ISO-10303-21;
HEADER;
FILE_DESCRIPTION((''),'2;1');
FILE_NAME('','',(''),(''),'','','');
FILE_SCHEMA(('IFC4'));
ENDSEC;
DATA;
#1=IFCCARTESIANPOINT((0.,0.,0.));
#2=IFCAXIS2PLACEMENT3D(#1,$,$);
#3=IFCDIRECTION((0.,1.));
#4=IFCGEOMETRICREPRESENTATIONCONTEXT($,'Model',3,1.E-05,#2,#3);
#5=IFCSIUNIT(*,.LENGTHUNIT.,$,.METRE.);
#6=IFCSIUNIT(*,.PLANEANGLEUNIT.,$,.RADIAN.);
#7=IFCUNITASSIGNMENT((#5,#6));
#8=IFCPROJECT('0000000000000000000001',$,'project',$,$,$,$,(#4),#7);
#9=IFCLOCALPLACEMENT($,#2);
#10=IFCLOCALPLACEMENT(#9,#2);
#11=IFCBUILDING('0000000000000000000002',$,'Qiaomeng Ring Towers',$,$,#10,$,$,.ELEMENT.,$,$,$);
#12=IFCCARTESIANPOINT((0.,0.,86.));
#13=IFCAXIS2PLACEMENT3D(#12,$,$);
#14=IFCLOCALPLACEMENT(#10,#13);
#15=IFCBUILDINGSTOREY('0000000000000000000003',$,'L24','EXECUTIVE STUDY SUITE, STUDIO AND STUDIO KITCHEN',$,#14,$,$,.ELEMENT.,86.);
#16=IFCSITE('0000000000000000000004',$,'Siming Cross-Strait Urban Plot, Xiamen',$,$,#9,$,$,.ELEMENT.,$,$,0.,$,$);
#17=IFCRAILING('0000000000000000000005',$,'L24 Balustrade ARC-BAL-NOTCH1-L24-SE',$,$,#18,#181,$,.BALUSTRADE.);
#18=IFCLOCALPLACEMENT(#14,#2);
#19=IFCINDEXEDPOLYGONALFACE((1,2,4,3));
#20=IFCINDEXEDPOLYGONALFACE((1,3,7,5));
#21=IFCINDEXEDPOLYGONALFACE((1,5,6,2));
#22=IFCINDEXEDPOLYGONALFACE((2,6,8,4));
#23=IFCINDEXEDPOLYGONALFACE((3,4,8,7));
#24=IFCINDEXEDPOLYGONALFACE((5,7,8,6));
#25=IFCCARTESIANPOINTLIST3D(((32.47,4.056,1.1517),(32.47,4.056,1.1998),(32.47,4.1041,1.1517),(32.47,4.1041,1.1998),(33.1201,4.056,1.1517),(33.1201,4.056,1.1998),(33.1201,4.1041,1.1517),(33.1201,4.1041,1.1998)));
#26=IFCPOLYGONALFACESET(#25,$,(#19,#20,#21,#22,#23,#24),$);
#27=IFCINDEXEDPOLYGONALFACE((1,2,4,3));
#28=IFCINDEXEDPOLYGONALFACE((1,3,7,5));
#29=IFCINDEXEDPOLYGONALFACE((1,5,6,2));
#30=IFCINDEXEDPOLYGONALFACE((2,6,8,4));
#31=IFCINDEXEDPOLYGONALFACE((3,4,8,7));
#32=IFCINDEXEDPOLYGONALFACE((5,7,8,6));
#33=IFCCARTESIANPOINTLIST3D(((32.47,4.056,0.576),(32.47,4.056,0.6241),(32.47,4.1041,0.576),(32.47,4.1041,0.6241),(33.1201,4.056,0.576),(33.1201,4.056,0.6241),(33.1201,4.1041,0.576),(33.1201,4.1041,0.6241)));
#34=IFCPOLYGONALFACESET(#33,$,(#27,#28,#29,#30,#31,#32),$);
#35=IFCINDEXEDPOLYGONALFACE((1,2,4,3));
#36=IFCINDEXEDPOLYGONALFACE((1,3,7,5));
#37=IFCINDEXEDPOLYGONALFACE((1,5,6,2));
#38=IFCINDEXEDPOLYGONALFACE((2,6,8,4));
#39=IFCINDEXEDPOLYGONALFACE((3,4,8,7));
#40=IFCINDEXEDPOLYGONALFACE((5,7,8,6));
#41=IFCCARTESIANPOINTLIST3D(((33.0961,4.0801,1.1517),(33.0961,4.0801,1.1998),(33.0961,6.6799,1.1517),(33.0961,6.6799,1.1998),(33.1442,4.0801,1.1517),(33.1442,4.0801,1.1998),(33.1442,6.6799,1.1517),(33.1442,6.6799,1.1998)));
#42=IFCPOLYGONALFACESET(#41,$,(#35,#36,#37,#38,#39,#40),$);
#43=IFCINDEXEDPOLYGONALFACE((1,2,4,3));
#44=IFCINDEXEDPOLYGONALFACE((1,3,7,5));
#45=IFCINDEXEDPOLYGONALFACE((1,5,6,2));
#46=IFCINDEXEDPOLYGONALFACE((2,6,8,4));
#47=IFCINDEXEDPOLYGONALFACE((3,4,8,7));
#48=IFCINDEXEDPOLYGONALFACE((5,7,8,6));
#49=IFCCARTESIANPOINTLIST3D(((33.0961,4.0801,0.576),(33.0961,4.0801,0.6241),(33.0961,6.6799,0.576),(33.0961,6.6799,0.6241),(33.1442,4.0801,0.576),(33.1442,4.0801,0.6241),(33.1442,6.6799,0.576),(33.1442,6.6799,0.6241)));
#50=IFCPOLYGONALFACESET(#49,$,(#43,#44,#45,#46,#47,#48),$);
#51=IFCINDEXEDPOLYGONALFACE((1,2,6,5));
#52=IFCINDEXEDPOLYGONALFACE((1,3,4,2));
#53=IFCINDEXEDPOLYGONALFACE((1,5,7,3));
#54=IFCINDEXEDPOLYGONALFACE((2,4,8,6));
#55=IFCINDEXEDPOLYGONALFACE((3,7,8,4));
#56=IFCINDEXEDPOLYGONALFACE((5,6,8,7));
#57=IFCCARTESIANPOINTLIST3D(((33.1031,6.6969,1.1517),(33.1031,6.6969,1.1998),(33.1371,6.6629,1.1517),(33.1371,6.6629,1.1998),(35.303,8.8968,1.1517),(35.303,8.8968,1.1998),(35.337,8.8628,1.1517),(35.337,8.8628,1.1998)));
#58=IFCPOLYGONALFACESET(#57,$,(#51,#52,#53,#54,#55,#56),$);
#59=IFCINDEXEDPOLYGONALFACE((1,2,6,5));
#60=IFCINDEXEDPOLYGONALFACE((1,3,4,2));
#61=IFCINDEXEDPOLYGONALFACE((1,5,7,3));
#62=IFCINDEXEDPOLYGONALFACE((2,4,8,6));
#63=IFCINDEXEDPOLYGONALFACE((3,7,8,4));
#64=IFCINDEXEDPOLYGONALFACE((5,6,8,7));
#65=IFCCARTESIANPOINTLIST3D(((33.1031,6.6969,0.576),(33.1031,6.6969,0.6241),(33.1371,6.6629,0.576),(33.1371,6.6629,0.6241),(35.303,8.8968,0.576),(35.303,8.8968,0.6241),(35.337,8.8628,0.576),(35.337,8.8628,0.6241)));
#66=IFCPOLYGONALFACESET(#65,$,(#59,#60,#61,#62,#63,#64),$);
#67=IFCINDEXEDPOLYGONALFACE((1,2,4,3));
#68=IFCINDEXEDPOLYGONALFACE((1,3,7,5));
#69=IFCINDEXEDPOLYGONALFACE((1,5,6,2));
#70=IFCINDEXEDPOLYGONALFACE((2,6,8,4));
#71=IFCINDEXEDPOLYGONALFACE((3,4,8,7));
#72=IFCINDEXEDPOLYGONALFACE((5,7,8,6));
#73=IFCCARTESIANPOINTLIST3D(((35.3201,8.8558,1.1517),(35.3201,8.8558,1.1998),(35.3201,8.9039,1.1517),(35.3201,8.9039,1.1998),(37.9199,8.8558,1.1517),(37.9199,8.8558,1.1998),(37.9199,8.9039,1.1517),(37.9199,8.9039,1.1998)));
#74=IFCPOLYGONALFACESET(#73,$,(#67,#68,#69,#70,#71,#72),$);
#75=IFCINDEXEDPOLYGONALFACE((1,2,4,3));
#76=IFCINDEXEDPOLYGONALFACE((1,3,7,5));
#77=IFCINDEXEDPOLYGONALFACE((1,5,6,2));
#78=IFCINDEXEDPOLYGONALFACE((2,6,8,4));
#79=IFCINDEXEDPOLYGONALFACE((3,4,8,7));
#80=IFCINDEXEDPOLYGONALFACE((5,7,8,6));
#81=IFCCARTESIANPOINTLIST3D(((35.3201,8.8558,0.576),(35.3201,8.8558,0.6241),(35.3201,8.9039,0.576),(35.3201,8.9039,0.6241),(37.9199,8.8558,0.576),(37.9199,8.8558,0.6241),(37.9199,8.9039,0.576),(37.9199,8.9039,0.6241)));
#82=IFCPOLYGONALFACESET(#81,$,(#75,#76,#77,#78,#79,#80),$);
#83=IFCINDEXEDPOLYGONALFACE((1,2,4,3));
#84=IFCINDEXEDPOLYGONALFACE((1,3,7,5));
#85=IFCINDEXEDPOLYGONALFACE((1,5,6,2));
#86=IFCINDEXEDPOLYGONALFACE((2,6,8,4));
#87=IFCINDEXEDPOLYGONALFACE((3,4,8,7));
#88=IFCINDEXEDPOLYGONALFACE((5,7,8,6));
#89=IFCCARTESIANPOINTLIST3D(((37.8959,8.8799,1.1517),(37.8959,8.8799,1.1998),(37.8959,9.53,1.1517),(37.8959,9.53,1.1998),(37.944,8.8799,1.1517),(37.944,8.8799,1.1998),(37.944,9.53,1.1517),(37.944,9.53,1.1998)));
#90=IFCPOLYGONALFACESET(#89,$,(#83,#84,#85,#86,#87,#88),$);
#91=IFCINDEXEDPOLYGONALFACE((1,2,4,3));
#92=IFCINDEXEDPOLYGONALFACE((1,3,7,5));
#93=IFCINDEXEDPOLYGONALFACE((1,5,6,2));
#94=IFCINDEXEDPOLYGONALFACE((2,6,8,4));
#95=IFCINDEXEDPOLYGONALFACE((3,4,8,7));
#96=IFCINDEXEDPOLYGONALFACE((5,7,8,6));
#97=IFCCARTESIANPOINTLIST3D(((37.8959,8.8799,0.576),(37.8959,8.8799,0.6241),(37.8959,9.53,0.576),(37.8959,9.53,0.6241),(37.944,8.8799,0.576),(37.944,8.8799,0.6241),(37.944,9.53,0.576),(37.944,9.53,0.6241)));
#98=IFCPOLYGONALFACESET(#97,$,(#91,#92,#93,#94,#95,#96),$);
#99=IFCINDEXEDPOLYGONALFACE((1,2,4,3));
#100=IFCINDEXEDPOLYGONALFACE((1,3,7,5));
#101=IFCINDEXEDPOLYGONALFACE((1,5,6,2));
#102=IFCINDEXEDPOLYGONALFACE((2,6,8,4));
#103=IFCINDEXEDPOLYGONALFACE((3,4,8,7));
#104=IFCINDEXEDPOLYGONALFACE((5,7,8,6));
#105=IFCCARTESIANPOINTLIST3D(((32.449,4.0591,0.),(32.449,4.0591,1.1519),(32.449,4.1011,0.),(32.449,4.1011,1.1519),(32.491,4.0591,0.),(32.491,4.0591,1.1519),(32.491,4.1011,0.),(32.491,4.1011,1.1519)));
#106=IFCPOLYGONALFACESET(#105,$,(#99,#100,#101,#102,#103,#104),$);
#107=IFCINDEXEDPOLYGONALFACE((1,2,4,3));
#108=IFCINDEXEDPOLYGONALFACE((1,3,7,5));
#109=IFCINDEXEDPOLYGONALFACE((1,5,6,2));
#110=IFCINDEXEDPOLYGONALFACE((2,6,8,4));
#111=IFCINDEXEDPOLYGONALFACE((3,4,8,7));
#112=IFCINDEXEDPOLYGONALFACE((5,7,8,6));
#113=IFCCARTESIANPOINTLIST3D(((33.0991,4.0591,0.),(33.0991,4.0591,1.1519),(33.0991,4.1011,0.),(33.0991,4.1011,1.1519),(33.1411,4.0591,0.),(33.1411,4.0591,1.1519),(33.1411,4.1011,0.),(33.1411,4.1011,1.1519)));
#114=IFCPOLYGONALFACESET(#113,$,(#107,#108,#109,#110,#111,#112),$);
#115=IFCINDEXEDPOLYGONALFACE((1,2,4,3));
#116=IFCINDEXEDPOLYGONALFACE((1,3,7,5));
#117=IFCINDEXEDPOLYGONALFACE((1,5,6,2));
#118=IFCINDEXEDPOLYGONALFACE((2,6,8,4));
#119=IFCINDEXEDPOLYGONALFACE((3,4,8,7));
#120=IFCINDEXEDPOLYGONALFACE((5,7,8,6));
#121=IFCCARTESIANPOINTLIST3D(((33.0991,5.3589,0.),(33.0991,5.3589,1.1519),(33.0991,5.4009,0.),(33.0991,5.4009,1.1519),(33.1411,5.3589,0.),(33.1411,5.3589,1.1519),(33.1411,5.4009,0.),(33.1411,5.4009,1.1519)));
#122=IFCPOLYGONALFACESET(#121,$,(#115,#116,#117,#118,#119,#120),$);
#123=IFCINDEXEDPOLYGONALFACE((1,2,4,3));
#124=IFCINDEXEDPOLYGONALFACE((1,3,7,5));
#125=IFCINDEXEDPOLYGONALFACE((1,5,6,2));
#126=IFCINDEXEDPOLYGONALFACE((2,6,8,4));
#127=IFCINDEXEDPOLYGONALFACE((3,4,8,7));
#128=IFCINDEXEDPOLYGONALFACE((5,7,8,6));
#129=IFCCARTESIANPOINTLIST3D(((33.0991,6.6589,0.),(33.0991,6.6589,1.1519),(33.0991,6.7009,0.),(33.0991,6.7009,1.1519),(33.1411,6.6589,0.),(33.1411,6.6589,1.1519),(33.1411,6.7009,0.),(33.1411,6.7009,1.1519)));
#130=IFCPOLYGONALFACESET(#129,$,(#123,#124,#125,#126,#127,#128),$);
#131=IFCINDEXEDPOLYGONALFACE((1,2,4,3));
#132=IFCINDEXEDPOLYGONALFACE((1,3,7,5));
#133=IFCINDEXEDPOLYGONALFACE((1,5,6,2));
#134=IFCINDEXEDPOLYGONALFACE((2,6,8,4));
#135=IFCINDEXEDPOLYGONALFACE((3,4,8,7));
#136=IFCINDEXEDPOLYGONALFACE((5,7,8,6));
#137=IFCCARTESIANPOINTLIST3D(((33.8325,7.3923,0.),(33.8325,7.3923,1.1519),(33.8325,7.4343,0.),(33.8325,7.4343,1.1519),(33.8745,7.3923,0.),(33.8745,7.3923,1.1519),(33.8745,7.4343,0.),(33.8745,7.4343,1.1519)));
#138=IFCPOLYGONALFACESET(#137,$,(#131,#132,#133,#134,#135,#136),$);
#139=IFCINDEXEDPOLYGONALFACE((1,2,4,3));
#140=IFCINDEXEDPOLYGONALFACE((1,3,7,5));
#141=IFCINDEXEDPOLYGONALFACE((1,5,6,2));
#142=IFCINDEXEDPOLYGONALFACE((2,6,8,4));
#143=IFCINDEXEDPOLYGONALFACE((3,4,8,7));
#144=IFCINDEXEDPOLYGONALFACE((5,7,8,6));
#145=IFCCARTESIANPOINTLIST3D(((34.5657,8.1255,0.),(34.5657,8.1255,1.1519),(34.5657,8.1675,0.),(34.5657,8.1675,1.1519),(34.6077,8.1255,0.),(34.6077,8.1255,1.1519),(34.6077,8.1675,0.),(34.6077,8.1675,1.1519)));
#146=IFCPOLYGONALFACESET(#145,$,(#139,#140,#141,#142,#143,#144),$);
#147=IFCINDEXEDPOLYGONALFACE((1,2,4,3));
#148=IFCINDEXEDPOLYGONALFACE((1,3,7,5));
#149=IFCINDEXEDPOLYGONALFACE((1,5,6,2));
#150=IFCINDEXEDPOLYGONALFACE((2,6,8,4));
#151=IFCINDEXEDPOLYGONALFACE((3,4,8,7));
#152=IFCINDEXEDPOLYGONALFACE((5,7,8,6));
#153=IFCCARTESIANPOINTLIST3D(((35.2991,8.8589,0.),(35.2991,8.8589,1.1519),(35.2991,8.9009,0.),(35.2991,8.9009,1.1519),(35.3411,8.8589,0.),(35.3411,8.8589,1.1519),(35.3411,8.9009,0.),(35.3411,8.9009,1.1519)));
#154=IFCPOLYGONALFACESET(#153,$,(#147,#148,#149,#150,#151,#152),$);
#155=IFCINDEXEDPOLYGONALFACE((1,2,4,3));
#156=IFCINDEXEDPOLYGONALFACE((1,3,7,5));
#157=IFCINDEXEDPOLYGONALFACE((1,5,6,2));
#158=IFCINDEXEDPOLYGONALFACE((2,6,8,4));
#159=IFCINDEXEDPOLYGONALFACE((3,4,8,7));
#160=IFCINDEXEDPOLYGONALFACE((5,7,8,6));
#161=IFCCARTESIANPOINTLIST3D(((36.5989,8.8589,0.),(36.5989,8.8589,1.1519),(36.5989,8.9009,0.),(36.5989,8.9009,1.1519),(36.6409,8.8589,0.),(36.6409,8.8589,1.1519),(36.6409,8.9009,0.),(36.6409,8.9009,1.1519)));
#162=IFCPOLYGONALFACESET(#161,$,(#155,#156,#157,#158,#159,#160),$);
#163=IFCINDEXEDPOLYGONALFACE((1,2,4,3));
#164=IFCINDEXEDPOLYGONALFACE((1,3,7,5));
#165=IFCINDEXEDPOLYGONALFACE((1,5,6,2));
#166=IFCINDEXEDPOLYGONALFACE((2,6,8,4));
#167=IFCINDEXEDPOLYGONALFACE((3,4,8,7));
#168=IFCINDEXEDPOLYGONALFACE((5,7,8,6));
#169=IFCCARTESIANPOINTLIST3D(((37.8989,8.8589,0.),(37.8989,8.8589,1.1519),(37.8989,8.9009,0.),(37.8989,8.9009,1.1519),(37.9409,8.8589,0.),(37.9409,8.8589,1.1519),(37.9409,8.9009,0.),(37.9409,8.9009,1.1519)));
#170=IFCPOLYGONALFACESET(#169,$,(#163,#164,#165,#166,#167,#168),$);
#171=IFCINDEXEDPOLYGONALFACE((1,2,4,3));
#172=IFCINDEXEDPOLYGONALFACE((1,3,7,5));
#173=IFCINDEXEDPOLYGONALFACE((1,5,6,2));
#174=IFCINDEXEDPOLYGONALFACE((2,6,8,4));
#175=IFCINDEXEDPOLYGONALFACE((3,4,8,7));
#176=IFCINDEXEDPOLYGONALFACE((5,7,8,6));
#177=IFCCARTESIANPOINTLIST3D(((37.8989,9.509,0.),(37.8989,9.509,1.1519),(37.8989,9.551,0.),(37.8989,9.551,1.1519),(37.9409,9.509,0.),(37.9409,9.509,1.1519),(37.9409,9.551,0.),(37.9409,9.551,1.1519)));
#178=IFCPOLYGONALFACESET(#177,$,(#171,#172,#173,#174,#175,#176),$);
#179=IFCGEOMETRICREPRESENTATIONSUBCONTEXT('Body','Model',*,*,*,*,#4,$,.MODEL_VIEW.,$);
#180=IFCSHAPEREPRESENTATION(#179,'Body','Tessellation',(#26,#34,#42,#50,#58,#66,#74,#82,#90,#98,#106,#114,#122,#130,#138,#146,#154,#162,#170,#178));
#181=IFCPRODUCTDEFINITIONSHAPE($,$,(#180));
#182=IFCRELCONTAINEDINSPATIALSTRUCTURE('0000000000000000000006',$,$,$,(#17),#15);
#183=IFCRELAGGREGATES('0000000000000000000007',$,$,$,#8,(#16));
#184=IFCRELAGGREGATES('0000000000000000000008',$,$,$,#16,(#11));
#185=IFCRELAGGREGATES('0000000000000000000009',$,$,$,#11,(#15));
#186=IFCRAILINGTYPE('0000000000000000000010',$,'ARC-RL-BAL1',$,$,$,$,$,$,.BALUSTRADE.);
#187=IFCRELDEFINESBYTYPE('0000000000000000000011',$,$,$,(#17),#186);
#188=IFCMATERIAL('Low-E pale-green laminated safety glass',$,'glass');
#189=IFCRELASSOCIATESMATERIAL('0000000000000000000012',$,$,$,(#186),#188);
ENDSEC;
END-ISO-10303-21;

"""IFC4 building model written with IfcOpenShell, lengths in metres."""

from ifc_helpers import new_model, si_unit, direction, frame, origin, origin_2d, place, context, subcontext, project, spatial, rectangle, extrude, material, type_object, element, save


model = new_model("IFC4")

# Units and contexts
model_context = context("Model", 3, precision=1e-05, world=origin(), true_north=direction((0.0, 1.0)))
body_context = subcontext(model_context, "Body", "Model", "MODEL_VIEW")
ifc_project = project(units=[si_unit("LENGTHUNIT", "METRE"), si_unit("PLANEANGLEUNIT", "RADIAN")], contexts=[model_context])

# Site, building, storey
site_placement = place(None, origin())
site = spatial("IfcSite", under=ifc_project, at=site_placement, Name="Siming Cross-Strait Urban Plot, Xiamen", CompositionType="ELEMENT", RefElevation=0.0)
building_placement = place(site_placement, origin())
building = spatial("IfcBuilding", under=site, at=building_placement, Name="Qiaomeng Ring Towers", CompositionType="ELEMENT")
storey_placement = place(building_placement, frame((0.0, 0.0, 86.0)))
storey = spatial("IfcBuildingStorey", under=building, at=storey_placement, Name="L24", Description="EXECUTIVE STUDY SUITE, STUDIO AND STUDIO KITCHEN", CompositionType="ELEMENT", Elevation=86.0)

# Railing
ifc_material_1 = material(Name="Low-E pale-green laminated safety glass", Category="glass")
railing_type = type_object("IfcRailingType", Name="ARC-RL-BAL1", PredefinedType="BALUSTRADE", material=ifc_material_1)
railing_placement = place(storey_placement, frame((32.47, 4.0801, 0.0)))
element("IfcRailing", 1, at=railing_placement, inside=storey, type_object=railing_type, Name="L24 Balustrade ARC-BAL-NOTCH1-L24-SE", PredefinedType="BALUSTRADE", context=body_context, shape_type="SweptSolid", body=[
    extrude(rectangle(XDim=0.0481, YDim=0.0481, at=origin_2d()), frame((0.0, 0.0, 1.1758), z_axis=(1.0, 0.0, 0.0), x_axis=(0.0, 1.0, 0.0)), (0.0, 0.0, 1.0), 0.6501),
    extrude(rectangle(XDim=0.0481, YDim=0.0481, at=origin_2d()), frame((0.0, 0.0, 0.6001), z_axis=(1.0, 0.0, 0.0), x_axis=(0.0, 1.0, 0.0)), (0.0, 0.0, 1.0), 0.6501),
    extrude(rectangle(XDim=0.0481, YDim=0.0481, at=origin_2d()), frame((0.6501, 0.0, 1.1758), z_axis=(0.0, 1.0, 0.0), x_axis=(-1.0, 0.0, 0.0)), (0.0, 0.0, 1.0), 2.5999),
    extrude(rectangle(XDim=0.0481, YDim=0.0481, at=origin_2d()), frame((0.6501, 0.0, 0.6001), z_axis=(0.0, 1.0, 0.0), x_axis=(-1.0, 0.0, 0.0)), (0.0, 0.0, 1.0), 2.5999),
    extrude(rectangle(XDim=0.0481, YDim=0.0481, at=origin_2d()), frame((0.6501, 2.5999, 1.1758), z_axis=(0.707107, 0.707107, 0.0), x_axis=(-0.707107, 0.707107, 0.0)), (0.0, 0.0, 1.0), 3.1111),
    extrude(rectangle(XDim=0.0481, YDim=0.0481, at=origin_2d()), frame((0.6501, 2.5999, 0.6001), z_axis=(0.707107, 0.707107, 0.0), x_axis=(-0.707107, 0.707107, 0.0)), (0.0, 0.0, 1.0), 3.1111),
    extrude(rectangle(XDim=0.0481, YDim=0.0481, at=origin_2d()), frame((2.8501, 4.7998, 1.1758), z_axis=(1.0, 0.0, 0.0), x_axis=(0.0, 1.0, 0.0)), (0.0, 0.0, 1.0), 2.5999),
    extrude(rectangle(XDim=0.0481, YDim=0.0481, at=origin_2d()), frame((2.8501, 4.7998, 0.6001), z_axis=(1.0, 0.0, 0.0), x_axis=(0.0, 1.0, 0.0)), (0.0, 0.0, 1.0), 2.5999),
    extrude(rectangle(XDim=0.0481, YDim=0.0481, at=origin_2d()), frame((5.45, 4.7998, 1.1758), z_axis=(0.0, 1.0, 0.0), x_axis=(-1.0, 0.0, 0.0)), (0.0, 0.0, 1.0), 0.6501),
    extrude(rectangle(XDim=0.0481, YDim=0.0481, at=origin_2d()), frame((5.45, 4.7998, 0.6001), z_axis=(0.0, 1.0, 0.0), x_axis=(-1.0, 0.0, 0.0)), (0.0, 0.0, 1.0), 0.6501),
    extrude(rectangle(XDim=0.042, YDim=0.042, at=origin_2d()), origin(), (0.0, 0.0, 1.0), 1.1519),
    extrude(rectangle(XDim=0.042, YDim=0.042, at=origin_2d()), frame((0.6501, 0.0, 0.0)), (0.0, 0.0, 1.0), 1.1519),
    extrude(rectangle(XDim=0.042, YDim=0.042, at=origin_2d()), frame((0.6501, 1.2998, 0.0)), (0.0, 0.0, 1.0), 1.1519),
    extrude(rectangle(XDim=0.042, YDim=0.042, at=origin_2d()), frame((0.6501, 2.5999, 0.0)), (0.0, 0.0, 1.0), 1.1519),
    extrude(rectangle(XDim=0.042, YDim=0.042, at=origin_2d()), frame((1.3835, 3.3333, 0.0)), (0.0, 0.0, 1.0), 1.1519),
    extrude(rectangle(XDim=0.042, YDim=0.042, at=origin_2d()), frame((2.1167, 4.0664, 0.0)), (0.0, 0.0, 1.0), 1.1519),
    extrude(rectangle(XDim=0.042, YDim=0.042, at=origin_2d()), frame((2.8501, 4.7998, 0.0)), (0.0, 0.0, 1.0), 1.1519),
    extrude(rectangle(XDim=0.042, YDim=0.042, at=origin_2d()), frame((4.1499, 4.7998, 0.0)), (0.0, 0.0, 1.0), 1.1519),
    extrude(rectangle(XDim=0.042, YDim=0.042, at=origin_2d()), frame((5.45, 4.7998, 0.0)), (0.0, 0.0, 1.0), 1.1519),
    extrude(rectangle(XDim=0.042, YDim=0.042, at=origin_2d()), frame((5.45, 5.45, 0.0)), (0.0, 0.0, 1.0), 1.1519),
])

save(model, "model.ifc")
